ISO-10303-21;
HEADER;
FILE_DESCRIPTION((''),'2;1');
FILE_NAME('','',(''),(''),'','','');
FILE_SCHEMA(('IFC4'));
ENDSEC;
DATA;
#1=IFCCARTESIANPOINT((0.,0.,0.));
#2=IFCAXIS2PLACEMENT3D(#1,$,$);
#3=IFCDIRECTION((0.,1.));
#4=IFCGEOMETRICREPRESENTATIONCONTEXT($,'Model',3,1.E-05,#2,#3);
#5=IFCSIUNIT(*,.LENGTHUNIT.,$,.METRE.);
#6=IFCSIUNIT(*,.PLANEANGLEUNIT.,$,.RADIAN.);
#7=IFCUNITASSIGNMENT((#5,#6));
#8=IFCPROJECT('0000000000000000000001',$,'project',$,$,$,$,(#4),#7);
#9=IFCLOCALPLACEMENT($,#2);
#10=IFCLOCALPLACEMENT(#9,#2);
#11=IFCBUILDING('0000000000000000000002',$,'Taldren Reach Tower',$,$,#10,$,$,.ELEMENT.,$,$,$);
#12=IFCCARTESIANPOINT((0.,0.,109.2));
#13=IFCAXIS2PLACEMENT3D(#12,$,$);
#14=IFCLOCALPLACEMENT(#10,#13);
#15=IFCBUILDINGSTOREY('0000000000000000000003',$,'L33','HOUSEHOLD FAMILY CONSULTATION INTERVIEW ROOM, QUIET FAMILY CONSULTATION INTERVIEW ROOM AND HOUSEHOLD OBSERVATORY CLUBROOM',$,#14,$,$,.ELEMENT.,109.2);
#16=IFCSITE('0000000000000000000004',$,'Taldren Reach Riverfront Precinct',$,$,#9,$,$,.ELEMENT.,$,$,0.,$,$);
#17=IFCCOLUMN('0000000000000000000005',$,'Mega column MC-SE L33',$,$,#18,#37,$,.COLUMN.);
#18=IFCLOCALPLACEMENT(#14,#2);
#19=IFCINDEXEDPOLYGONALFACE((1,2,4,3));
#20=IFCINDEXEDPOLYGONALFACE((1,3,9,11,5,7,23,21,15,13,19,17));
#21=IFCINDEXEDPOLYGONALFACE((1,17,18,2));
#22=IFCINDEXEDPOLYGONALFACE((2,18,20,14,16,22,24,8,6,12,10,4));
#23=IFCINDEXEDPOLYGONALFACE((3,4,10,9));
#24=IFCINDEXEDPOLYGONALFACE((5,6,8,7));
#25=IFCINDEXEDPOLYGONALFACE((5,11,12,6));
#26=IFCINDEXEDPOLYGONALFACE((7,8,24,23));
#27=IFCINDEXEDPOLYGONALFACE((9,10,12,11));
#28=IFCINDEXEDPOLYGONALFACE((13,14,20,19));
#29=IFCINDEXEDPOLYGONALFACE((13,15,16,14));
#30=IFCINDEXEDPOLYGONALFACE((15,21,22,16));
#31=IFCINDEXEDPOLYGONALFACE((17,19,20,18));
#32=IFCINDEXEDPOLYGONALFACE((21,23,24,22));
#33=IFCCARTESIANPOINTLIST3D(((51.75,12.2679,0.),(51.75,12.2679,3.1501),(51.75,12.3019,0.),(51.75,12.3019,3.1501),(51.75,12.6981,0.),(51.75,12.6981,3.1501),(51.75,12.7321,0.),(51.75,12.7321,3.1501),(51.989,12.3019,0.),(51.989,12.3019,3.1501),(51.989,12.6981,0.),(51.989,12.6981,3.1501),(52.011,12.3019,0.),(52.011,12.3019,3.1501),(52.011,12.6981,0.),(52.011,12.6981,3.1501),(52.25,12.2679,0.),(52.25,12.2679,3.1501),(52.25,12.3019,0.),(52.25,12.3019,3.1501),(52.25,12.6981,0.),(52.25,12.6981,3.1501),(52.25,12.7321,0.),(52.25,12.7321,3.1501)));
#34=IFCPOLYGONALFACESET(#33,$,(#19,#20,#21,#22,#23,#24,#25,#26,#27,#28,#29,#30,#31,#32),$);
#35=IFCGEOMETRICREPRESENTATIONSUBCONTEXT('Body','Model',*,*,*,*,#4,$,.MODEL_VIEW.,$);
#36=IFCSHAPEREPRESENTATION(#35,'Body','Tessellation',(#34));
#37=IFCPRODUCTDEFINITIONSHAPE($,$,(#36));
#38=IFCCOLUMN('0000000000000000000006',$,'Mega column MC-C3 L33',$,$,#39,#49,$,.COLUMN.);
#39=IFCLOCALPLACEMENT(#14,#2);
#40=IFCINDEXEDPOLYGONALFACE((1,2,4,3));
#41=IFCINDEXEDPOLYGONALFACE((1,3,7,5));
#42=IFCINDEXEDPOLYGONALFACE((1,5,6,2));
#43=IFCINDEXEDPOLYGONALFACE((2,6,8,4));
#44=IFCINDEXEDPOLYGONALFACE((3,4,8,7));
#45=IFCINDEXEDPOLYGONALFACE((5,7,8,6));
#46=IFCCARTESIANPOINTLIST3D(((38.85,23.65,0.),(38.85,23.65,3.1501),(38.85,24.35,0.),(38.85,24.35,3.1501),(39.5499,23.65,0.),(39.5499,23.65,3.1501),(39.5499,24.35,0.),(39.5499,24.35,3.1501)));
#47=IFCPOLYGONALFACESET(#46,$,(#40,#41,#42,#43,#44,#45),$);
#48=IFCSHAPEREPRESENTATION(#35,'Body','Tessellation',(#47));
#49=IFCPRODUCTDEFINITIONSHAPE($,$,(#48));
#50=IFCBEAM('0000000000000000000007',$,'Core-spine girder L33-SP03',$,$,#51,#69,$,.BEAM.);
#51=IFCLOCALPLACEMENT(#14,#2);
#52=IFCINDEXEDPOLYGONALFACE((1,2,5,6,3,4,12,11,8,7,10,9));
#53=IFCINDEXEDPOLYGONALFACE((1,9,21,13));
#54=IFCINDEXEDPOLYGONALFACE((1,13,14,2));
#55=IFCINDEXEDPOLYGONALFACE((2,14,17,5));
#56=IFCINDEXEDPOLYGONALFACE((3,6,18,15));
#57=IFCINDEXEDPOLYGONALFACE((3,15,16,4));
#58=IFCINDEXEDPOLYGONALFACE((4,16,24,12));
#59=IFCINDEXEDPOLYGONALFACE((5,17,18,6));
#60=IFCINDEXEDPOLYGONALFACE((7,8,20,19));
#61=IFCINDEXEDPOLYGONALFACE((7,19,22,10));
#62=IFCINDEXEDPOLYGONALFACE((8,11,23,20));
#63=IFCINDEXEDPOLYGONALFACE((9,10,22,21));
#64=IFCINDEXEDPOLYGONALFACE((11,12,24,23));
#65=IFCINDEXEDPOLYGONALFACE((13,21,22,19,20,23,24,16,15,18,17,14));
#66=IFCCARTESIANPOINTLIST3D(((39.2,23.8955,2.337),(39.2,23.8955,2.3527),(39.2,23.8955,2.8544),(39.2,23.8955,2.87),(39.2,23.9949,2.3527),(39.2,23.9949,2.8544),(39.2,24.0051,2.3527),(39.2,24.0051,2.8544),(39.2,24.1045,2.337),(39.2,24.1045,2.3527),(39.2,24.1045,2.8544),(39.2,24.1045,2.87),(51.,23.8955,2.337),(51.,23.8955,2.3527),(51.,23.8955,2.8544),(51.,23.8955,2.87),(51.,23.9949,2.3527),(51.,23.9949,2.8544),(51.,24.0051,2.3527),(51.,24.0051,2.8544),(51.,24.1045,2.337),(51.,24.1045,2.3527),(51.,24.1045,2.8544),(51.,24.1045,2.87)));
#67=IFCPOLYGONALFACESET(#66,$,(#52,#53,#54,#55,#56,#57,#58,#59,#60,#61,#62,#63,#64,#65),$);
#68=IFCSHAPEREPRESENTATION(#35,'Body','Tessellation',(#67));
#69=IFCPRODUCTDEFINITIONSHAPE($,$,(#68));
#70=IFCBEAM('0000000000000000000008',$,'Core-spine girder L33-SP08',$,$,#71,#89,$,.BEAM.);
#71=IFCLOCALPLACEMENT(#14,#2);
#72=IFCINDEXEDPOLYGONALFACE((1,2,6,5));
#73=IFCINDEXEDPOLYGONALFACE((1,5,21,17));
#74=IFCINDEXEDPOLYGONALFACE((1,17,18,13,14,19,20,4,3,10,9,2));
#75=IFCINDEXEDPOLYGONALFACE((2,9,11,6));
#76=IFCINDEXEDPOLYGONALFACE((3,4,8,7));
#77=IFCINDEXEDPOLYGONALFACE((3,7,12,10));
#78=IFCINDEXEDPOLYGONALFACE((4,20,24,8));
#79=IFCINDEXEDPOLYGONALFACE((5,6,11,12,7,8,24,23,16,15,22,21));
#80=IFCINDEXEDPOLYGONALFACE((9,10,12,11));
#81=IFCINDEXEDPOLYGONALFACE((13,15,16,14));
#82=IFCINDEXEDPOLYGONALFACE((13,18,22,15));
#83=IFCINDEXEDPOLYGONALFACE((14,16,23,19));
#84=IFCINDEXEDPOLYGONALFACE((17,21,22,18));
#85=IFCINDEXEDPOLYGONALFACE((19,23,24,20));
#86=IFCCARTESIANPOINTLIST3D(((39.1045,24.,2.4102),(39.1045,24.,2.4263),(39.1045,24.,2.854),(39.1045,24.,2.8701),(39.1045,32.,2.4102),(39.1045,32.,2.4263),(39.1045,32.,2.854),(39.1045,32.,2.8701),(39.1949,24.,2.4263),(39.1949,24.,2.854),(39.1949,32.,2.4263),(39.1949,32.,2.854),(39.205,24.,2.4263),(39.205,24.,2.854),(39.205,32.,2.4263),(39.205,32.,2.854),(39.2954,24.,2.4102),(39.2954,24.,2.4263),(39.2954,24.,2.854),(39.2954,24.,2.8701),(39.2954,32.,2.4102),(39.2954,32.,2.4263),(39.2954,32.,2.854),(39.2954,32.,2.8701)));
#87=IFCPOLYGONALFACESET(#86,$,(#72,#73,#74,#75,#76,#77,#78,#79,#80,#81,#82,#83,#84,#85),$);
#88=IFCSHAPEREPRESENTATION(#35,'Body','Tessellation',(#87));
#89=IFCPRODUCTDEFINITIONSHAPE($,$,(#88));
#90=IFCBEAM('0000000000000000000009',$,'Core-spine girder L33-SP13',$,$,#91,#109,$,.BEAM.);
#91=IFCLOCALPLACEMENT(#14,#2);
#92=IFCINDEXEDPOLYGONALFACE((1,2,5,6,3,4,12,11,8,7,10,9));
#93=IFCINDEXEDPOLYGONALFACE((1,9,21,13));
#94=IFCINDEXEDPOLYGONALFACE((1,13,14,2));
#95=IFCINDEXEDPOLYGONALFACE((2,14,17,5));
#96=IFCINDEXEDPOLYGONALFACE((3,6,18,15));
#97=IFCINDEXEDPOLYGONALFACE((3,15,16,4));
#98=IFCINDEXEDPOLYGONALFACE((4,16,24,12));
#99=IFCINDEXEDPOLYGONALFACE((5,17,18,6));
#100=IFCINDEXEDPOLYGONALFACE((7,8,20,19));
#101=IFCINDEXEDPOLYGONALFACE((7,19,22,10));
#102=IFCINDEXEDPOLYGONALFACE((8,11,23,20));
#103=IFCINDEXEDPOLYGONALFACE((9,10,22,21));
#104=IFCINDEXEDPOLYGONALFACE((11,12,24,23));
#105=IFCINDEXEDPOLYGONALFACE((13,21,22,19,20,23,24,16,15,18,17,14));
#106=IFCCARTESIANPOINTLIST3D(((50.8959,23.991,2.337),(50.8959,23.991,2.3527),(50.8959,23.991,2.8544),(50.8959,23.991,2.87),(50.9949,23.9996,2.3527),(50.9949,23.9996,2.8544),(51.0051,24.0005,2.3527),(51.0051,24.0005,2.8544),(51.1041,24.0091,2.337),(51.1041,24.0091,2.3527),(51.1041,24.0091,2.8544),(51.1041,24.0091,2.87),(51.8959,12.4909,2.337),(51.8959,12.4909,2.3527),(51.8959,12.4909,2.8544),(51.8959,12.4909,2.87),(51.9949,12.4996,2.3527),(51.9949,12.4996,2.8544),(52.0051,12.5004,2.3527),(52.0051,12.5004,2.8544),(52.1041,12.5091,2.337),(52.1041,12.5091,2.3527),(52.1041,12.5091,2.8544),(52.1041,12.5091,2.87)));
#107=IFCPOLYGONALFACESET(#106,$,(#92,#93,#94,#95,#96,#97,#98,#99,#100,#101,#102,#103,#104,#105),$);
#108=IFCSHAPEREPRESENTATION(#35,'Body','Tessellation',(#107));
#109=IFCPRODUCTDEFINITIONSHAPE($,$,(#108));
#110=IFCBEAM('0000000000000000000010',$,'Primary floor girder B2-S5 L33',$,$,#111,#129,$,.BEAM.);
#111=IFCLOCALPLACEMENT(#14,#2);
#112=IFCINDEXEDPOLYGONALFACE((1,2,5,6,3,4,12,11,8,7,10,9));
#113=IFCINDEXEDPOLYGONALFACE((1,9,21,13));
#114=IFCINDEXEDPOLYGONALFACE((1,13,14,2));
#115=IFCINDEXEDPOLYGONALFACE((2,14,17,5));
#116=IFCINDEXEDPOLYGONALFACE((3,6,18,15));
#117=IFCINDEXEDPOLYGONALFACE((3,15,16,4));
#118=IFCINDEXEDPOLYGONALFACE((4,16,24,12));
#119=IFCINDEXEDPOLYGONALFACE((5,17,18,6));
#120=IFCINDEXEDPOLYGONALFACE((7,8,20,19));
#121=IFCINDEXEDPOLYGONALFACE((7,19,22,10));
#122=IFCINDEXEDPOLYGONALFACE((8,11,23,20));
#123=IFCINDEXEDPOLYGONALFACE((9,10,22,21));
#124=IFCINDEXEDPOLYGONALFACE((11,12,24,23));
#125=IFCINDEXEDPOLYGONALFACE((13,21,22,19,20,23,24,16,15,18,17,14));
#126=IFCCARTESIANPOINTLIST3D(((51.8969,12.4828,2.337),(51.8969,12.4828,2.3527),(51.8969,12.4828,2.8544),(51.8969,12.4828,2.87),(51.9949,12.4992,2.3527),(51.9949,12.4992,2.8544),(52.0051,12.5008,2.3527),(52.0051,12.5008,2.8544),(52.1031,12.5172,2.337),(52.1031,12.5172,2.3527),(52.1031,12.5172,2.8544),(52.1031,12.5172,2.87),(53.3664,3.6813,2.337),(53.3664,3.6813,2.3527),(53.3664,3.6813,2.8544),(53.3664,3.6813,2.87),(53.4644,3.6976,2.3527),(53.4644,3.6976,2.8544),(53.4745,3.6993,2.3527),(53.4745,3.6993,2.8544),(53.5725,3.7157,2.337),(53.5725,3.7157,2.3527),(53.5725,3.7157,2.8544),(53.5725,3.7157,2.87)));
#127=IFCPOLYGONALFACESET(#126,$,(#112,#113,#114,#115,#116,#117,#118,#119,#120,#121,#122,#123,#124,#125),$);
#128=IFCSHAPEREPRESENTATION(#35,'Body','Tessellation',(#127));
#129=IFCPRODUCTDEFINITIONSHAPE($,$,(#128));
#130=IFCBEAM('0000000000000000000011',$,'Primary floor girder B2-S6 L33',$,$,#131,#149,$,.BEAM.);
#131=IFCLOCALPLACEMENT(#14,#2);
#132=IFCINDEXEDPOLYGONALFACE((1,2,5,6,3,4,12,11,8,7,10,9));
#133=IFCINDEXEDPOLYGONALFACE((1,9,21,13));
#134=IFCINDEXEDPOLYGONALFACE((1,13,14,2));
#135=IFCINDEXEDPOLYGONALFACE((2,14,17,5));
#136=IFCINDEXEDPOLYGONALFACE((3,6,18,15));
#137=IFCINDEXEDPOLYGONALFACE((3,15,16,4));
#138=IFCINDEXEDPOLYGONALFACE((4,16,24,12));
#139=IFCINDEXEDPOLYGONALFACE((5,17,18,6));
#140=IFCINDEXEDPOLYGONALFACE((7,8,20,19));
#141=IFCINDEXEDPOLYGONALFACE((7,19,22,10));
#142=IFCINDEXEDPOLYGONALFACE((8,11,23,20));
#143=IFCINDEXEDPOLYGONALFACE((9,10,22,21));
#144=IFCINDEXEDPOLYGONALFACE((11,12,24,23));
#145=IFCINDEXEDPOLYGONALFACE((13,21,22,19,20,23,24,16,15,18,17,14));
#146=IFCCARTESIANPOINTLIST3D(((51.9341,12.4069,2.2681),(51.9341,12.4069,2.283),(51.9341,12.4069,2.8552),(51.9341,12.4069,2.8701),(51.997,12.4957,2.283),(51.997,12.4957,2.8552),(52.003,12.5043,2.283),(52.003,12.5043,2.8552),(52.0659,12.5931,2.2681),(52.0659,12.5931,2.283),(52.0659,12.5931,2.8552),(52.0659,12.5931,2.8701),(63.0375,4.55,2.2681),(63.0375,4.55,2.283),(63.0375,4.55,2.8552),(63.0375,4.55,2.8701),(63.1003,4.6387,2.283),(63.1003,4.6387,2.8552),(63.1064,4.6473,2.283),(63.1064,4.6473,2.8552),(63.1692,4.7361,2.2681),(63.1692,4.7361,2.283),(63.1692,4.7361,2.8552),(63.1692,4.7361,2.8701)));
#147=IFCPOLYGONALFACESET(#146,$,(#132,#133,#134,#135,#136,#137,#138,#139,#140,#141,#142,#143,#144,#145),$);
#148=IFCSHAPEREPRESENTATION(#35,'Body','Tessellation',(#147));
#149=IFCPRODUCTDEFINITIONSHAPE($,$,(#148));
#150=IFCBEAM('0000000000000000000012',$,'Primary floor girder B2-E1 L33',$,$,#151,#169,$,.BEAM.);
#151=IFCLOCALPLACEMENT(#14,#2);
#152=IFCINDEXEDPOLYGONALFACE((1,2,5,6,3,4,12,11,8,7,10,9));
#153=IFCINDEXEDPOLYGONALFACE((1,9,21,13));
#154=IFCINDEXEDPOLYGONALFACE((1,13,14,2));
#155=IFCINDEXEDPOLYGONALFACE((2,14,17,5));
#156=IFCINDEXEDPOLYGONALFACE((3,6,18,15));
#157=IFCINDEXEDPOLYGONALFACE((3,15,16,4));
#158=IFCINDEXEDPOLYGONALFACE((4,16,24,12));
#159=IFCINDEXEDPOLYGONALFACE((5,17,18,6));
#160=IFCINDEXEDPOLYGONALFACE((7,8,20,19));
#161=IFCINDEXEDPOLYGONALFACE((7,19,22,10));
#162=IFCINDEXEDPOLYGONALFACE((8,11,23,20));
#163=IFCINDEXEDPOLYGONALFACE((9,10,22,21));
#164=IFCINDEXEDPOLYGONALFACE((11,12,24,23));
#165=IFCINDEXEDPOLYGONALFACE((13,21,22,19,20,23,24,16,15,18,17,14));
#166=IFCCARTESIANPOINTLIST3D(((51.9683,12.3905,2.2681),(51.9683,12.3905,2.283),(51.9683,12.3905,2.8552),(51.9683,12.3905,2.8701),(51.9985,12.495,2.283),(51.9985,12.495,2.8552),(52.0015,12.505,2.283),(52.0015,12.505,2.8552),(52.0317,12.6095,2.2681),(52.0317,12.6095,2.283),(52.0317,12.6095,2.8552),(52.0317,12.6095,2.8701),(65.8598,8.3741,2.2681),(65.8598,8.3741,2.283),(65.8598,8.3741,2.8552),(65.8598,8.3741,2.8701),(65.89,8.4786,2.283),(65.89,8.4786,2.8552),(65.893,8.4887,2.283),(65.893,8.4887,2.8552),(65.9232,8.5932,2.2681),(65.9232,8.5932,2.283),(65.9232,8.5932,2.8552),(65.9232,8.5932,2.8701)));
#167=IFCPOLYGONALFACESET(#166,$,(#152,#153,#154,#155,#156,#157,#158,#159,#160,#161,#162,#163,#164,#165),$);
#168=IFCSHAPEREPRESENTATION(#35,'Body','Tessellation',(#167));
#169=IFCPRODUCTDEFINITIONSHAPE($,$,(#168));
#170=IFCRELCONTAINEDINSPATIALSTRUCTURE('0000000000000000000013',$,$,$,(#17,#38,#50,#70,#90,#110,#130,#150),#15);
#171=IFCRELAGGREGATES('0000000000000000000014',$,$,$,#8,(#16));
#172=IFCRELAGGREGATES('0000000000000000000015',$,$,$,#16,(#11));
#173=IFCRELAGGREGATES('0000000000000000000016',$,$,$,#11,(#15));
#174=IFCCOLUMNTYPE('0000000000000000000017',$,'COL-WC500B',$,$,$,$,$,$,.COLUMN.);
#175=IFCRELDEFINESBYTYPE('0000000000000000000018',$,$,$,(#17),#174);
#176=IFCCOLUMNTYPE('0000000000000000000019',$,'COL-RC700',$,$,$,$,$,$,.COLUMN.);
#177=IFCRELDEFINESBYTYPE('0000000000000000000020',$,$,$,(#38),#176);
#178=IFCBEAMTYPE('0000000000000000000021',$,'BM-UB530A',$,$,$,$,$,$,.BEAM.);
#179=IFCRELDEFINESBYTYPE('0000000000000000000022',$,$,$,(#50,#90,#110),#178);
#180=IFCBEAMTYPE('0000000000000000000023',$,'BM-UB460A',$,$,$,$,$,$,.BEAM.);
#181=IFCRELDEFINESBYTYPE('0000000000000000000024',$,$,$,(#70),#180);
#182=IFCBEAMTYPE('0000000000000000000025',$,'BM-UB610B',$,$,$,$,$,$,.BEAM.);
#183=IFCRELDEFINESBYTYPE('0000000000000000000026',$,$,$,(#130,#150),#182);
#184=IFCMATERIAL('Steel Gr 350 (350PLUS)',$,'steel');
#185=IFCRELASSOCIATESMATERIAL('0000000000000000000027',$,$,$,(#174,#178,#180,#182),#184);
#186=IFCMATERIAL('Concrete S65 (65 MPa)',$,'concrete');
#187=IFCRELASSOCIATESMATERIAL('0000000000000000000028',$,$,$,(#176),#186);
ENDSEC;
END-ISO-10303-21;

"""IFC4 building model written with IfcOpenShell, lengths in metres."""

from ifc_helpers import new_model, si_unit, direction, frame, origin, origin_2d, place, context, subcontext, project, spatial, rectangle, i_section, extrude, source, transform, mapped, material, material_profile, profile_set, type_object, element, save


model = new_model("IFC4")

# Units and contexts
model_context = context("Model", 3, precision=1e-05, world=origin(), true_north=direction((0.0, 1.0)))
body_context = subcontext(model_context, "Body", "Model", "MODEL_VIEW")
ifc_project = project(units=[si_unit("LENGTHUNIT", "METRE"), si_unit("PLANEANGLEUNIT", "RADIAN")], contexts=[model_context])

# Site, building, storey
site_placement = place(None, origin())
site = spatial("IfcSite", under=ifc_project, at=site_placement, Name="Taldren Reach Riverfront Precinct", CompositionType="ELEMENT", RefElevation=0.0)
building_placement = place(site_placement, origin())
building = spatial("IfcBuilding", under=site, at=building_placement, Name="Taldren Reach Tower", CompositionType="ELEMENT")
storey_placement = place(building_placement, frame((0.0, 0.0, 109.2)))
storey = spatial("IfcBuildingStorey", under=building, at=storey_placement, Name="L33", Description="HOUSEHOLD FAMILY CONSULTATION INTERVIEW ROOM, QUIET FAMILY CONSULTATION INTERVIEW ROOM AND HOUSEHOLD OBSERVATORY CLUBROOM", CompositionType="ELEMENT", Elevation=109.2)

# Columns
ifc_material_1 = material(Name="Steel Gr 350 (350PLUS)", Category="steel")
ifc_material_profile_1 = material_profile(ifc_material_1, i_section(OverallWidth=0.5, OverallDepth=0.4641, WebThickness=0.022, FlangeThickness=0.0339, at=origin_2d()), Name="500WC340")
ifc_profile_set_1 = profile_set([ifc_material_profile_1], Name="Steel Gr 350 (350PLUS)")
column_type_1 = type_object("IfcColumnType", Name="COL-WC500B", PredefinedType="COLUMN", material=ifc_profile_set_1)
shared_shape_1 = source(origin(), body_context, "Body", "SweptSolid", [
    extrude(i_section(OverallWidth=0.5, OverallDepth=0.4641, WebThickness=0.022, FlangeThickness=0.0339, at=origin_2d()), origin(), (0.0, 0.0, 1.0), 3.1501),
])
column_1_placement = place(storey_placement, frame((52.0, 12.5, 0.0), z_axis=(0.0, 0.0, 1.0), x_axis=(1.0, 0.0, 0.0)))
element("IfcColumn", 1, at=column_1_placement, inside=storey, type_object=column_type_1, Name="Mega column MC-SE L33", PredefinedType="COLUMN", context=body_context, shape_type="MappedRepresentation", body=[
    mapped(shared_shape_1, transform((0.0, 0.0, 0.0), scale=1.0)),
])
ifc_material_2 = material(Name="Concrete S65 (65 MPa)", Category="concrete")
ifc_material_profile_2 = material_profile(ifc_material_2, rectangle(XDim=0.7, YDim=0.7, at=origin_2d()), Name="RC-700x700")
ifc_profile_set_2 = profile_set([ifc_material_profile_2], Name="Concrete S65 (65 MPa)")
column_type_2 = type_object("IfcColumnType", Name="COL-RC700", PredefinedType="COLUMN", material=ifc_profile_set_2)
shared_shape_2 = source(origin(), body_context, "Body", "SweptSolid", [
    extrude(rectangle(XDim=0.7, YDim=0.7, at=origin_2d()), origin(), (0.0, 0.0, 1.0), 3.1501),
])
column_2_placement = place(storey_placement, frame((39.2, 24.0, 0.0), z_axis=(0.0, 0.0, 1.0), x_axis=(1.0, 0.0, 0.0)))
element("IfcColumn", 2, at=column_2_placement, inside=storey, type_object=column_type_2, Name="Mega column MC-C3 L33", PredefinedType="COLUMN", context=body_context, shape_type="MappedRepresentation", body=[
    mapped(shared_shape_2, transform((0.0, 0.0, 0.0), scale=1.0)),
])

# Beams
ifc_material_profile_3 = material_profile(ifc_material_1, i_section(OverallWidth=0.209, OverallDepth=0.533, WebThickness=0.0103, FlangeThickness=0.0156, at=origin_2d()), Name="530UB92.4")
ifc_profile_set_3 = profile_set([ifc_material_profile_3], Name="Steel Gr 350 (350PLUS)")
beam_type_1 = type_object("IfcBeamType", Name="BM-UB530A", PredefinedType="BEAM", material=ifc_profile_set_3)
shared_shape_3 = source(origin(), body_context, "Body", "SweptSolid", [
    extrude(i_section(OverallWidth=0.209, OverallDepth=0.533, WebThickness=0.0103, FlangeThickness=0.0156, at=origin_2d()), origin(), (0.0, 0.0, 1.0), 11.8),
])
beam_1_placement = place(storey_placement, frame((39.2, 24.0, 2.6035), z_axis=(1.0, 0.0, 0.0), x_axis=(0.0, 1.0, 0.0)))
element("IfcBeam", 3, at=beam_1_placement, inside=storey, type_object=beam_type_1, Name="Core-spine girder L33-SP03", PredefinedType="BEAM", context=body_context, shape_type="MappedRepresentation", body=[
    mapped(shared_shape_3, transform((0.0, 0.0, 0.0), scale=1.0)),
])
ifc_material_profile_4 = material_profile(ifc_material_1, i_section(OverallWidth=0.1909, OverallDepth=0.46, WebThickness=0.01, FlangeThickness=0.0161, at=origin_2d()), Name="460UB82.1")
ifc_profile_set_4 = profile_set([ifc_material_profile_4], Name="Steel Gr 350 (350PLUS)")
beam_type_2 = type_object("IfcBeamType", Name="BM-UB460A", PredefinedType="BEAM", material=ifc_profile_set_4)
shared_shape_4 = source(origin(), body_context, "Body", "SweptSolid", [
    extrude(i_section(OverallWidth=0.1909, OverallDepth=0.46, WebThickness=0.01, FlangeThickness=0.0161, at=origin_2d()), origin(), (0.0, 0.0, 1.0), 8.0),
])
beam_2_placement = place(storey_placement, frame((39.2, 24.0, 2.6401), z_axis=(0.0, 1.0, 0.0), x_axis=(-1.0, 0.0, 0.0)))
element("IfcBeam", 4, at=beam_2_placement, inside=storey, type_object=beam_type_2, Name="Core-spine girder L33-SP08", PredefinedType="BEAM", context=body_context, shape_type="MappedRepresentation", body=[
    mapped(shared_shape_4, transform((0.0, 0.0, 0.0), scale=1.0)),
])
shared_shape_5 = source(origin(), body_context, "Body", "SweptSolid", [
    extrude(i_section(OverallWidth=0.209, OverallDepth=0.533, WebThickness=0.0103, FlangeThickness=0.0156, at=origin_2d()), origin(), (0.0, 0.0, 1.0), 11.5435),
])
beam_3_placement = place(storey_placement, frame((52.0, 12.5, 2.6035), z_axis=(-0.08663, 0.996241, 0.0), x_axis=(-0.996241, -0.08663, 0.0)))
element("IfcBeam", 5, at=beam_3_placement, inside=storey, type_object=beam_type_1, Name="Core-spine girder L33-SP13", PredefinedType="BEAM", context=body_context, shape_type="MappedRepresentation", body=[
    mapped(shared_shape_5, transform((0.0, 0.0, 0.0), scale=1.0)),
])
shared_shape_6 = source(origin(), body_context, "Body", "SweptSolid", [
    extrude(i_section(OverallWidth=0.209, OverallDepth=0.533, WebThickness=0.0103, FlangeThickness=0.0156, at=origin_2d()), origin(), (0.0, 0.0, 1.0), 8.9233),
])
beam_4_placement = place(storey_placement, frame((52.0, 12.5, 2.6035), z_axis=(0.164678, -0.986347, 0.0), x_axis=(0.986347, 0.164678, 0.0)))
element("IfcBeam", 6, at=beam_4_placement, inside=storey, type_object=beam_type_1, Name="Primary floor girder B2-S5 L33", PredefinedType="BEAM", context=body_context, shape_type="MappedRepresentation", body=[
    mapped(shared_shape_6, transform((0.0, 0.0, 0.0), scale=1.0)),
])
ifc_material_profile_5 = material_profile(ifc_material_1, i_section(OverallWidth=0.228, OverallDepth=0.6021, WebThickness=0.0105, FlangeThickness=0.0149, at=origin_2d()), Name="610UB101")
ifc_profile_set_5 = profile_set([ifc_material_profile_5], Name="Steel Gr 350 (350PLUS)")
beam_type_3 = type_object("IfcBeamType", Name="BM-UB610B", PredefinedType="BEAM", material=ifc_profile_set_5)
shared_shape_7 = source(origin(), body_context, "Body", "SweptSolid", [
    extrude(i_section(OverallWidth=0.228, OverallDepth=0.6021, WebThickness=0.0105, FlangeThickness=0.0149, at=origin_2d()), origin(), (0.0, 0.0, 1.0), 13.6021),
])
beam_5_placement = place(storey_placement, frame((52.0, 12.5, 2.5691), z_axis=(0.816298, -0.577631, 0.0), x_axis=(0.577631, 0.816298, 0.0)))
element("IfcBeam", 7, at=beam_5_placement, inside=storey, type_object=beam_type_3, Name="Primary floor girder B2-S6 L33", PredefinedType="BEAM", context=body_context, shape_type="MappedRepresentation", body=[
    mapped(shared_shape_7, transform((0.0, 0.0, 0.0), scale=1.0)),
])
shared_shape_8 = source(origin(), body_context, "Body", "SweptSolid", [
    extrude(i_section(OverallWidth=0.228, OverallDepth=0.6021, WebThickness=0.0105, FlangeThickness=0.0149, at=origin_2d()), origin(), (0.0, 0.0, 1.0), 14.4604),
])
beam_6_placement = place(storey_placement, frame((52.0, 12.5, 2.5691), z_axis=(0.960655, -0.277746, 0.0), x_axis=(0.277746, 0.960655, 0.0)))
element("IfcBeam", 8, at=beam_6_placement, inside=storey, type_object=beam_type_3, Name="Primary floor girder B2-E1 L33", PredefinedType="BEAM", context=body_context, shape_type="MappedRepresentation", body=[
    mapped(shared_shape_8, transform((0.0, 0.0, 0.0), scale=1.0)),
])

save(model, "model.ifc")
